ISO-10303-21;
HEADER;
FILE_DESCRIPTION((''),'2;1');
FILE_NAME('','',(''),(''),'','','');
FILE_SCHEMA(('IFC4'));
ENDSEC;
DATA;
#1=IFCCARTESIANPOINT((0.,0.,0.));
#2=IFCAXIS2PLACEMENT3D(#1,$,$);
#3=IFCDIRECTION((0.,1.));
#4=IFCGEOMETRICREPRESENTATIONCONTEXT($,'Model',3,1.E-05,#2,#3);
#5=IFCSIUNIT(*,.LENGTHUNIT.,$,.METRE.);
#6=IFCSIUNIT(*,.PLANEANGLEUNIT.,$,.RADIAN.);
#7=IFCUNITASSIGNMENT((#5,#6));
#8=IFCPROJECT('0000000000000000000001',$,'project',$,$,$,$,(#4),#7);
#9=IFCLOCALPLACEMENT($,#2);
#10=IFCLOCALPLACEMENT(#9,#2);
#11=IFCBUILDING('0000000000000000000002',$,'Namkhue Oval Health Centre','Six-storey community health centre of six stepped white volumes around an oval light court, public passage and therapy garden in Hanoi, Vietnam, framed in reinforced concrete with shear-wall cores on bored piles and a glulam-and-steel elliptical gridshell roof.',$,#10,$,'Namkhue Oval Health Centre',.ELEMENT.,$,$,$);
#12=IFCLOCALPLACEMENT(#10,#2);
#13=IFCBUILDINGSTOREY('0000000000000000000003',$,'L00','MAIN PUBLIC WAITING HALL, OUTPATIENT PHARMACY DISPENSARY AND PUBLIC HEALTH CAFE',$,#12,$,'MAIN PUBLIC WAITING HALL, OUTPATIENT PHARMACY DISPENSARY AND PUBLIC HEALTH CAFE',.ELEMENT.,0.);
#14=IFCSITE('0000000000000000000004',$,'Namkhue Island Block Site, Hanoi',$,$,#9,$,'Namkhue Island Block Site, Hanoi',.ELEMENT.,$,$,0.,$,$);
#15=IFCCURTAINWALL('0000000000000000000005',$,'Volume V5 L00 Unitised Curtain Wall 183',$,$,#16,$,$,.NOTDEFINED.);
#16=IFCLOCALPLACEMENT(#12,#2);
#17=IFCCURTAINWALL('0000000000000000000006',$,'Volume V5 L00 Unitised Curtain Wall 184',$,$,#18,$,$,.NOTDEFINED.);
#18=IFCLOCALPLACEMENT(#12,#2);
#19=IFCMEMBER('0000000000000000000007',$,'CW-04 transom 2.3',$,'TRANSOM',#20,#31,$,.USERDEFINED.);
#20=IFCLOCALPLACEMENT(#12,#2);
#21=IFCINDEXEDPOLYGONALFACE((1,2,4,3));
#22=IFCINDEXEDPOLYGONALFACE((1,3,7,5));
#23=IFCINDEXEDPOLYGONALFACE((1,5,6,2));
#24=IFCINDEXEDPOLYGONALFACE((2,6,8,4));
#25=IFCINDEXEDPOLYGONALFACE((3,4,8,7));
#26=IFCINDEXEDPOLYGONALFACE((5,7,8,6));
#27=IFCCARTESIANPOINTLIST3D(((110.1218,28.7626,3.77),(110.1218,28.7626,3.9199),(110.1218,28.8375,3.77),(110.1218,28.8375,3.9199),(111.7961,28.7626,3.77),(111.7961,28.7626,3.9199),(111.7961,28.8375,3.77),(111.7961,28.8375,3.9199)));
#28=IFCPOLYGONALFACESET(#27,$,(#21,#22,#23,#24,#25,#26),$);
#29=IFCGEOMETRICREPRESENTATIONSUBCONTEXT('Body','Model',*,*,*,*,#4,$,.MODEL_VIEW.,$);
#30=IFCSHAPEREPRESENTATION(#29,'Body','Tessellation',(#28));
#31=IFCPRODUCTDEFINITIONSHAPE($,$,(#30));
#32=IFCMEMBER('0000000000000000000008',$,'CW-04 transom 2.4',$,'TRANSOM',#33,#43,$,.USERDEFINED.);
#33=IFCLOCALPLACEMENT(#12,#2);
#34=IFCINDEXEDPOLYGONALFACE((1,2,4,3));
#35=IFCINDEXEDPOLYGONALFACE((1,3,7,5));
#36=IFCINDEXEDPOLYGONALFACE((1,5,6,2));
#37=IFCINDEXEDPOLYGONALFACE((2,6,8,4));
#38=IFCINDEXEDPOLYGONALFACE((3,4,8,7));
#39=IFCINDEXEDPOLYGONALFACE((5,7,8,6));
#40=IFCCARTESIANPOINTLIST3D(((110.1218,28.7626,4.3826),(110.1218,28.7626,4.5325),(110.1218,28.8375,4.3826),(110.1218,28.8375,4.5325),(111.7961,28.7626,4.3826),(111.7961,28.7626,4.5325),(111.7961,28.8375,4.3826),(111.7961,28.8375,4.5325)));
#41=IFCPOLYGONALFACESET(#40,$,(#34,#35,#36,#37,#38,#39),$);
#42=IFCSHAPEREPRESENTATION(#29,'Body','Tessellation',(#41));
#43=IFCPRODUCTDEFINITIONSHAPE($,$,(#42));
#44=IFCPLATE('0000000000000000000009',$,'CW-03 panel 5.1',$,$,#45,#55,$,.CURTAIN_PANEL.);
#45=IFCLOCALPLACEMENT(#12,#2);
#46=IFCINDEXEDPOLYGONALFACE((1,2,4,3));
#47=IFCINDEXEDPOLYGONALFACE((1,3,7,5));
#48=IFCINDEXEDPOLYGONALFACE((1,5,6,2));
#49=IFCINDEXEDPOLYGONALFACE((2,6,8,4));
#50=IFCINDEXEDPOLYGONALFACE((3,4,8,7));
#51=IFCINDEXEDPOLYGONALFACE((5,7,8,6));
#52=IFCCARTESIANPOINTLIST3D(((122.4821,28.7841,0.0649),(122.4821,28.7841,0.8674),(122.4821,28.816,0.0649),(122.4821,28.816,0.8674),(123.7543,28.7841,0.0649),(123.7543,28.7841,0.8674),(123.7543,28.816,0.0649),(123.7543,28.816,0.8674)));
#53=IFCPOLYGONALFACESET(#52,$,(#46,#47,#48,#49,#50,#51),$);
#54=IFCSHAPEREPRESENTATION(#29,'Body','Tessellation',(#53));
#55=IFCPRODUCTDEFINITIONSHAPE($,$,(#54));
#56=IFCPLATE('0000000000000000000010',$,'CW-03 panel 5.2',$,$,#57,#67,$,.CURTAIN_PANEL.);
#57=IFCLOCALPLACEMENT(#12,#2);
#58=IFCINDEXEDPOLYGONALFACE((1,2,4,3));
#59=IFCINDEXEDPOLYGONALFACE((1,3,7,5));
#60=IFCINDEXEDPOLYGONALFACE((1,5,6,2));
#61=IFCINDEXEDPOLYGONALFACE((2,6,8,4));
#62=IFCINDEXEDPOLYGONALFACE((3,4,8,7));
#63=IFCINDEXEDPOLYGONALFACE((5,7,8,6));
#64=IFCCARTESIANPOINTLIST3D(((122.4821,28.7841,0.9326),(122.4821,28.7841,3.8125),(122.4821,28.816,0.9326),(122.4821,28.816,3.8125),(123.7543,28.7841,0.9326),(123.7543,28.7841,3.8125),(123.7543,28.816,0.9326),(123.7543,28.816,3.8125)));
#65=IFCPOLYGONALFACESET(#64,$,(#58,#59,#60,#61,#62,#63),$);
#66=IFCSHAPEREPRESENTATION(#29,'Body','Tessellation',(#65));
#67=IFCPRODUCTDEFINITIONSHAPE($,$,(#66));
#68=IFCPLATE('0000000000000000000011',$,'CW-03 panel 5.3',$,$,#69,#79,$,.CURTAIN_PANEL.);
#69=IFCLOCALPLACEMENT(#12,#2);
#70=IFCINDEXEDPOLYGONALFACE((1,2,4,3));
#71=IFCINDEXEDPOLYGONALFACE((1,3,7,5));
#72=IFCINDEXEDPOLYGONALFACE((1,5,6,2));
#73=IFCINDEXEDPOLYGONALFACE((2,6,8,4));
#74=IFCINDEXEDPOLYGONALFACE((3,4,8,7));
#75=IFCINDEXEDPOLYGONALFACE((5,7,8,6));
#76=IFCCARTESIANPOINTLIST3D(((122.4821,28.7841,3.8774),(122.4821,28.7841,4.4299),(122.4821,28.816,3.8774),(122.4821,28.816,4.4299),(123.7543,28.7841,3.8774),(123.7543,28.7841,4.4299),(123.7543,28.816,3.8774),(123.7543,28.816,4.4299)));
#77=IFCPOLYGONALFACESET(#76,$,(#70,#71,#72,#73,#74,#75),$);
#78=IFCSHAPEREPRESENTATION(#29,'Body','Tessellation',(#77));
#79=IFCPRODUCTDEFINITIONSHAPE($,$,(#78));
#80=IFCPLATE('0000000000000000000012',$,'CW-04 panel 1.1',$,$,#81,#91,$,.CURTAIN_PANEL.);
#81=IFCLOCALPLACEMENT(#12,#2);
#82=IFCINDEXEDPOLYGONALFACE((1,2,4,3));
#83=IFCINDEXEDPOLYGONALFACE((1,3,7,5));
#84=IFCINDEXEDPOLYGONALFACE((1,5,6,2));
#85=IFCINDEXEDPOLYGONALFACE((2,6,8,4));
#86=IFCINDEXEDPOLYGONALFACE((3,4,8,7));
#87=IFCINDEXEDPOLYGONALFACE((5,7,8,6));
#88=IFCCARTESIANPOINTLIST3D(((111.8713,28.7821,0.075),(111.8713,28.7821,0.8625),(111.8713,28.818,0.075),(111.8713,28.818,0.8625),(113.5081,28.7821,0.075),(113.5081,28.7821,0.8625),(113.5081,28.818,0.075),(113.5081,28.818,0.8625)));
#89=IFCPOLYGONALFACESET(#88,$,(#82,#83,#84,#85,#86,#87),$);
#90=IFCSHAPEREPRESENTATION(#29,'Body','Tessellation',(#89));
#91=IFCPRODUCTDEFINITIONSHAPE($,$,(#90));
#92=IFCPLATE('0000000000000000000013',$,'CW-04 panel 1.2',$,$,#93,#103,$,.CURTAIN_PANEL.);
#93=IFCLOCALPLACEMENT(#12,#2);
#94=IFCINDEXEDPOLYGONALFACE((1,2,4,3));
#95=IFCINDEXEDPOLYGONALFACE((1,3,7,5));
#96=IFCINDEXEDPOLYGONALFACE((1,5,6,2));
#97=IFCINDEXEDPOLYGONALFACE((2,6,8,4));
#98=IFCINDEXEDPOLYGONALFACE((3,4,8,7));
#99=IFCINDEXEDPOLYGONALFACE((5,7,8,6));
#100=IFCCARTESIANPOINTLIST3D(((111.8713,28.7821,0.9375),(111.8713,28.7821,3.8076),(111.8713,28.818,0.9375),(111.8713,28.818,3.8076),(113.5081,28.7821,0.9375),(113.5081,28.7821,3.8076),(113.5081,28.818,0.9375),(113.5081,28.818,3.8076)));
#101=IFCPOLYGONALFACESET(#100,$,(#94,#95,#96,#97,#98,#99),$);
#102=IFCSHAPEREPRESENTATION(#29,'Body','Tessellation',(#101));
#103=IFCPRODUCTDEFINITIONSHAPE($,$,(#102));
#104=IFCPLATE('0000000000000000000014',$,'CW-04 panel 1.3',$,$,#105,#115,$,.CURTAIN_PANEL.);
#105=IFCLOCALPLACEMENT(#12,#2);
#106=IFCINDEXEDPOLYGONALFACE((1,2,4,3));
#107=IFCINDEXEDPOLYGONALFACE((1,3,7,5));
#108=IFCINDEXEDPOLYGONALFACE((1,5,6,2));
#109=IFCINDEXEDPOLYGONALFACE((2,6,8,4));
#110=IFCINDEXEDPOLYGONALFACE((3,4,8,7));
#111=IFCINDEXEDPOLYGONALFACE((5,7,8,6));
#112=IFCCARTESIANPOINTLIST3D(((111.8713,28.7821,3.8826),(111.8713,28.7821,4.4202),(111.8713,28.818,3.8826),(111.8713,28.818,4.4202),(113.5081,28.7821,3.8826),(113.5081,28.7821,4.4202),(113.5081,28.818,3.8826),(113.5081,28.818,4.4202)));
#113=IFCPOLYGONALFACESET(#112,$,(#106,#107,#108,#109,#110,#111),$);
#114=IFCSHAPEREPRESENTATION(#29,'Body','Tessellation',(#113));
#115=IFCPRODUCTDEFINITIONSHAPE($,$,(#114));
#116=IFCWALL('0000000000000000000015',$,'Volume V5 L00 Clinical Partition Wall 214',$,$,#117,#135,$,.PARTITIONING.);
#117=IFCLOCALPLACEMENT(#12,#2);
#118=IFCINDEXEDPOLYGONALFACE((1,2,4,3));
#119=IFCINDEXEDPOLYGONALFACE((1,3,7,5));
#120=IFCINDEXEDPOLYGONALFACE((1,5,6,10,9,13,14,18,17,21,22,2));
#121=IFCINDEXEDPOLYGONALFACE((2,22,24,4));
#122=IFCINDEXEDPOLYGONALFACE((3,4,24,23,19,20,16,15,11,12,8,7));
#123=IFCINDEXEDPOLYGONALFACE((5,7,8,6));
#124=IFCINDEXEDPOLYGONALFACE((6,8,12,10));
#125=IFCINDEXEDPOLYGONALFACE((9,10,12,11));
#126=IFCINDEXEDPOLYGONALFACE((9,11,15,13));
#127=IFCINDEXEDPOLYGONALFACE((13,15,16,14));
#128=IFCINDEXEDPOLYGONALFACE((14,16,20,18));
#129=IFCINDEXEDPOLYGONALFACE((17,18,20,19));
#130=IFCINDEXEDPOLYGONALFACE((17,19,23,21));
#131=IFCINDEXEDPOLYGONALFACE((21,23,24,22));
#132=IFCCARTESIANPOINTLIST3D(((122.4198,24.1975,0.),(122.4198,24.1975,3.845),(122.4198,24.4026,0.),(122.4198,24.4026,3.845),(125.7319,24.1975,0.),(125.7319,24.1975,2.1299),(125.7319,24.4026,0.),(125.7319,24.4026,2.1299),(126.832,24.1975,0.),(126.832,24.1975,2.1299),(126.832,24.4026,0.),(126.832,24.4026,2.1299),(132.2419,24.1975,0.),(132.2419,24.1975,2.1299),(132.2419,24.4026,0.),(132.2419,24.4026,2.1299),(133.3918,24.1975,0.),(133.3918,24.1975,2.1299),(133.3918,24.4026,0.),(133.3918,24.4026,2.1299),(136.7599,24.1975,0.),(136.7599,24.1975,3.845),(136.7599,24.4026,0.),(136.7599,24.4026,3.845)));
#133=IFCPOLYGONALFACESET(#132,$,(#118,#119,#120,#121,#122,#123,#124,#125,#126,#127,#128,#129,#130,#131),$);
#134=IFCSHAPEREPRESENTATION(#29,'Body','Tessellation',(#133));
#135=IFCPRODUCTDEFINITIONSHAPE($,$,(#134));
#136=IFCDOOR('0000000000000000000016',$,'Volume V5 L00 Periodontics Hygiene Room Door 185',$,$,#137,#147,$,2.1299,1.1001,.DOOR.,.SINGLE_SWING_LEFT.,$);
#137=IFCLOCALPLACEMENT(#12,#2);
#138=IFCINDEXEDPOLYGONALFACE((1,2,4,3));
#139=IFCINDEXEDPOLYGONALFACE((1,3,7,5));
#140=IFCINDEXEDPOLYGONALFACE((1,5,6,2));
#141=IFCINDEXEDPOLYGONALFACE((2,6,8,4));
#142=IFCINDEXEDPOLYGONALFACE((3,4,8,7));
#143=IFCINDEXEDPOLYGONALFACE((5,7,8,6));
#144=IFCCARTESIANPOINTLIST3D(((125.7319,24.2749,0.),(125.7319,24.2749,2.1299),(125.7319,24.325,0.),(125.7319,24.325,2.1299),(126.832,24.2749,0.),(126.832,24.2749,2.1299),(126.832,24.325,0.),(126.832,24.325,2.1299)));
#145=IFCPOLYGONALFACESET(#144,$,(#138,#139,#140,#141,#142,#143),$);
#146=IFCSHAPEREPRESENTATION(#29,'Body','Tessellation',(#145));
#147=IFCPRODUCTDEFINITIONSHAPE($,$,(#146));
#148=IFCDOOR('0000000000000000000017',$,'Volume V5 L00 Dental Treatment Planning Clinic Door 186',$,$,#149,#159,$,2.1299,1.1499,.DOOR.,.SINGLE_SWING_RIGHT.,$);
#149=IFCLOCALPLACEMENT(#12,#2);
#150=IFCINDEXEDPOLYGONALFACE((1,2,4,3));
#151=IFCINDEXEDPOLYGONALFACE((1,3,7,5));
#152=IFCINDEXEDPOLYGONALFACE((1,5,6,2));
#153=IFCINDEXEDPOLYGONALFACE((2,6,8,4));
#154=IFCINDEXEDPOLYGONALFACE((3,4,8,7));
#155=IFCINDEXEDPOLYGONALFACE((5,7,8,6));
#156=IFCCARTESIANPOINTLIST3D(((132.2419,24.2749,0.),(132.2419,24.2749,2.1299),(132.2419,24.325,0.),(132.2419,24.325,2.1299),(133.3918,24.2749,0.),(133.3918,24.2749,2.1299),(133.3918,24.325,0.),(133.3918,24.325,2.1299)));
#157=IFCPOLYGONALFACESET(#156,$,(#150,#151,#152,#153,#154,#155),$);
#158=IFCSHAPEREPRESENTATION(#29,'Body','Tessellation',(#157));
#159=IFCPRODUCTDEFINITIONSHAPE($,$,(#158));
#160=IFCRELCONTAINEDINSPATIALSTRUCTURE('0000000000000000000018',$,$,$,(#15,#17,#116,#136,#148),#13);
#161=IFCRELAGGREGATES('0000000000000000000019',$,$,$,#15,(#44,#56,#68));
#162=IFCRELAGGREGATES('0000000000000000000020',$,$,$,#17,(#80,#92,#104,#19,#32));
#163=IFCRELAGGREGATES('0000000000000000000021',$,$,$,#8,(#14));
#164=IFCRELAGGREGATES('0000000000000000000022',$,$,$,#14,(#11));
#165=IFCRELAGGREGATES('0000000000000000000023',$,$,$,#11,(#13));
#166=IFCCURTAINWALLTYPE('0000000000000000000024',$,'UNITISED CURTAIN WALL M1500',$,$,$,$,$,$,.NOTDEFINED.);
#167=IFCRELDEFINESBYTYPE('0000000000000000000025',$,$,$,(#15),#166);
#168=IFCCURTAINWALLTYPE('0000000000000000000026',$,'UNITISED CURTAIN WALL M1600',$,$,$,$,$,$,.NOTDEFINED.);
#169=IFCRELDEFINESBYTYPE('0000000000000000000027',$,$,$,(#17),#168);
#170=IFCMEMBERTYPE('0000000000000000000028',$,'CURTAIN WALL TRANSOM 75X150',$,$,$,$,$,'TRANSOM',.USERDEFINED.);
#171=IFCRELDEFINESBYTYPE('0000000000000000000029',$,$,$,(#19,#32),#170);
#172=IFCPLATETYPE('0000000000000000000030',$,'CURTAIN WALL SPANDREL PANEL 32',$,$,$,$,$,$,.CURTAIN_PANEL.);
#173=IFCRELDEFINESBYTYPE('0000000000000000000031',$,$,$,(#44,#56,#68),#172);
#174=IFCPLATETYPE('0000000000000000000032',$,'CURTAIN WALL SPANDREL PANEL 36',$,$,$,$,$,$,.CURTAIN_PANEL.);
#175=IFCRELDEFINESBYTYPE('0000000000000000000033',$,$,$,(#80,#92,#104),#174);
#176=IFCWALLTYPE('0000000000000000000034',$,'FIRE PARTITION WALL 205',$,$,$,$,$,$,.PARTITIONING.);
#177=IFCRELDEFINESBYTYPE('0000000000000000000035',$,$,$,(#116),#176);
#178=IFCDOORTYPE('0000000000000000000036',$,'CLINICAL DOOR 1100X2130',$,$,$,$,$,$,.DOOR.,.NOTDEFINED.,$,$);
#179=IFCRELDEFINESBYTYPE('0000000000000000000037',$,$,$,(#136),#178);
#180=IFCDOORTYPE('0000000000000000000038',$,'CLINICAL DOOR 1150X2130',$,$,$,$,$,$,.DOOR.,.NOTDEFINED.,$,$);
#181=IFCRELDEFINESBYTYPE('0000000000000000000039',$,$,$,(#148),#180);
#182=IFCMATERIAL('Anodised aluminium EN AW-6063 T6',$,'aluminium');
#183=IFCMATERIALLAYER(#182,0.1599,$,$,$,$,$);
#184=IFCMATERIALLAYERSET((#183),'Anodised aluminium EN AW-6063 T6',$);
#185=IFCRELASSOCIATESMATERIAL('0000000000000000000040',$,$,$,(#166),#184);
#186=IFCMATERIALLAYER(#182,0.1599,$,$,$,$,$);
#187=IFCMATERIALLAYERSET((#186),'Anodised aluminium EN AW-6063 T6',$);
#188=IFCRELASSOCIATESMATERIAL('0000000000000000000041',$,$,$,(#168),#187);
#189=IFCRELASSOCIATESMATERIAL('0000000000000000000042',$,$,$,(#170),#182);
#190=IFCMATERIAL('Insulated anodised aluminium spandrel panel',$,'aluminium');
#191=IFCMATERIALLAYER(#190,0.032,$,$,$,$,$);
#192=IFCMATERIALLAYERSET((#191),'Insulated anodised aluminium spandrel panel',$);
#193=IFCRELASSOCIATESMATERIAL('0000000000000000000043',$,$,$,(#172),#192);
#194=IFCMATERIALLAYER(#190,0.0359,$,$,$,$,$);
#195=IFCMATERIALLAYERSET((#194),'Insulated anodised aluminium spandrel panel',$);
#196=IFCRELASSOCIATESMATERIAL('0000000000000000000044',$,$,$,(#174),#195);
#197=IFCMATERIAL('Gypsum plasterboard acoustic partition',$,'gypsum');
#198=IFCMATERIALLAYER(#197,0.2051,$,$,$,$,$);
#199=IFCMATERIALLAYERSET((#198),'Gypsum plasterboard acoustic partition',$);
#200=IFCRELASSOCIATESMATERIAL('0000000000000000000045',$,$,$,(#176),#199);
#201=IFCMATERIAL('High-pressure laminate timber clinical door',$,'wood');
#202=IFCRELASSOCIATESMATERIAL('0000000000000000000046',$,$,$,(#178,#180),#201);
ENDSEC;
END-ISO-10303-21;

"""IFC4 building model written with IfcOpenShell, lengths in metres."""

from ifc_helpers import new_model, si_unit, direction, frame, frame_2d, origin, origin_2d, place, context, subcontext, project, spatial, rectangle, extrude, material, layer, layer_set, material_profile, profile_set, type_object, element, fill, aggregate, save


model = new_model("IFC4")

# Units and contexts
model_context = context("Model", 3, precision=1e-05, world=origin(), true_north=direction((0.0, 1.0)))
body_context = subcontext(model_context, "Body", "Model", "MODEL_VIEW")
ifc_project = project(units=[si_unit("LENGTHUNIT", "METRE"), si_unit("PLANEANGLEUNIT", "RADIAN")], contexts=[model_context])

# Site, building, storey
site_placement = place(None, origin())
site = spatial("IfcSite", under=ifc_project, at=site_placement, Name="Namkhue Island Block Site, Hanoi", LongName="Namkhue Island Block Site, Hanoi", CompositionType="ELEMENT", RefElevation=0.0)
building_placement = place(site_placement, origin())
building = spatial("IfcBuilding", under=site, at=building_placement, Name="Namkhue Oval Health Centre", Description="Six-storey community health centre of six stepped white volumes around an oval light court, public passage and therapy garden in Hanoi, Vietnam, framed in reinforced concrete with shear-wall cores on bored piles and a glulam-and-steel elliptical gridshell roof.", LongName="Namkhue Oval Health Centre", CompositionType="ELEMENT")
storey_placement = place(building_placement, origin())
storey = spatial("IfcBuildingStorey", under=building, at=storey_placement, Name="L00", Description="MAIN PUBLIC WAITING HALL, OUTPATIENT PHARMACY DISPENSARY AND PUBLIC HEALTH CAFE", LongName="MAIN PUBLIC WAITING HALL, OUTPATIENT PHARMACY DISPENSARY AND PUBLIC HEALTH CAFE", CompositionType="ELEMENT", Elevation=0.0)

# Curtain wall
ifc_material_1 = material(Name="Anodised aluminium EN AW-6063 T6", Category="aluminium")
ifc_layer_1 = layer(ifc_material_1, 0.1599)
ifc_layer_set_1 = layer_set([ifc_layer_1], Name="Anodised aluminium EN AW-6063 T6")
curtain_wall_type_1 = type_object("IfcCurtainWallType", Name="UNITISED CURTAIN WALL M1500", PredefinedType="NOTDEFINED", material=ifc_layer_set_1)
curtain_wall_1_placement = place(storey_placement, origin())
curtain_wall_1 = element("IfcCurtainWall", 1, at=curtain_wall_1_placement, inside=storey, type_object=curtain_wall_type_1, Name="Volume V5 L00 Unitised Curtain Wall 183", PredefinedType="NOTDEFINED")

# Curtain wall, members
ifc_layer_2 = layer(ifc_material_1, 0.1599)
ifc_layer_set_2 = layer_set([ifc_layer_2], Name="Anodised aluminium EN AW-6063 T6")
curtain_wall_type_2 = type_object("IfcCurtainWallType", Name="UNITISED CURTAIN WALL M1600", PredefinedType="NOTDEFINED", material=ifc_layer_set_2)
curtain_wall_2_placement = place(storey_placement, origin())
curtain_wall_2 = element("IfcCurtainWall", 2, at=curtain_wall_2_placement, inside=storey, type_object=curtain_wall_type_2, Name="Volume V5 L00 Unitised Curtain Wall 184", PredefinedType="NOTDEFINED")
ifc_material_profile_1 = material_profile(ifc_material_1, rectangle(XDim=0.075, YDim=0.1499, at=origin_2d()), Name="ALU 75x150")
ifc_profile_set_1 = profile_set([ifc_material_profile_1], Name="Anodised aluminium EN AW-6063 T6")
member_type_1 = type_object("IfcMemberType", Name="CURTAIN WALL TRANSOM 75X150", ElementType="TRANSOM", PredefinedType="USERDEFINED", material=ifc_profile_set_1)
member_1_placement = place(storey_placement, frame((111.7961, 28.8, 3.845), z_axis=(-1.0, 0.0, 0.0), x_axis=(0.0, -1.0, 0.0)))
member_1 = element("IfcMember", 3, at=member_1_placement, type_object=member_type_1, Name="CW-04 transom 2.3", ObjectType="TRANSOM", PredefinedType="USERDEFINED", context=body_context, shape_type="SweptSolid", body=[
    extrude(rectangle(XDim=0.075, YDim=0.1499, at=origin_2d()), origin(), (0.0, 0.0, 1.0), 1.6743),
])
member_2_placement = place(storey_placement, frame((111.7961, 28.8, 4.4575), z_axis=(-1.0, 0.0, 0.0), x_axis=(0.0, -1.0, 0.0)))
member_2 = element("IfcMember", 4, at=member_2_placement, type_object=member_type_1, Name="CW-04 transom 2.4", ObjectType="TRANSOM", PredefinedType="USERDEFINED", context=body_context, shape_type="SweptSolid", body=[
    extrude(rectangle(XDim=0.075, YDim=0.1499, at=origin_2d()), origin(), (0.0, 0.0, 1.0), 1.6743),
])

# Plates
ifc_material_2 = material(Name="Insulated anodised aluminium spandrel panel", Category="aluminium")
ifc_layer_3 = layer(ifc_material_2, 0.032)
ifc_layer_set_3 = layer_set([ifc_layer_3], Name="Insulated anodised aluminium spandrel panel")
plate_type_1 = type_object("IfcPlateType", Name="CURTAIN WALL SPANDREL PANEL 32", PredefinedType="CURTAIN_PANEL", material=ifc_layer_set_3)
plate_1_placement = place(storey_placement, frame((123.1182, 28.8, 0.0649), z_axis=(0.0, 0.0, 1.0), x_axis=(-1.0, 0.0, 0.0)))
plate_1 = element("IfcPlate", 5, at=plate_1_placement, type_object=plate_type_1, Name="CW-03 panel 5.1", PredefinedType="CURTAIN_PANEL", context=body_context, shape_type="SweptSolid", body=[
    extrude(rectangle(XDim=1.2722, YDim=0.032, at=origin_2d()), origin(), (0.0, 0.0, 1.0), 0.8025),
])
plate_2_placement = place(storey_placement, frame((123.1182, 28.8, 0.9326), z_axis=(0.0, 0.0, 1.0), x_axis=(-1.0, 0.0, 0.0)))
plate_2 = element("IfcPlate", 6, at=plate_2_placement, type_object=plate_type_1, Name="CW-03 panel 5.2", PredefinedType="CURTAIN_PANEL", context=body_context, shape_type="SweptSolid", body=[
    extrude(rectangle(XDim=1.2722, YDim=0.032, at=origin_2d()), origin(), (0.0, 0.0, 1.0), 2.8799),
])
plate_3_placement = place(storey_placement, frame((123.1182, 28.8, 3.8774), z_axis=(0.0, 0.0, 1.0), x_axis=(-1.0, 0.0, 0.0)))
plate_3 = element("IfcPlate", 7, at=plate_3_placement, type_object=plate_type_1, Name="CW-03 panel 5.3", PredefinedType="CURTAIN_PANEL", context=body_context, shape_type="SweptSolid", body=[
    extrude(rectangle(XDim=1.2722, YDim=0.032, at=origin_2d()), origin(), (0.0, 0.0, 1.0), 0.5525),
])
aggregate(curtain_wall_1, [plate_1, plate_2, plate_3])
ifc_layer_4 = layer(ifc_material_2, 0.0359)
ifc_layer_set_4 = layer_set([ifc_layer_4], Name="Insulated anodised aluminium spandrel panel")
plate_type_2 = type_object("IfcPlateType", Name="CURTAIN WALL SPANDREL PANEL 36", PredefinedType="CURTAIN_PANEL", material=ifc_layer_set_4)
plate_4_placement = place(storey_placement, frame((112.6897, 28.8, 0.075), z_axis=(0.0, 0.0, 1.0), x_axis=(-1.0, 0.0, 0.0)))
plate_4 = element("IfcPlate", 8, at=plate_4_placement, type_object=plate_type_2, Name="CW-04 panel 1.1", PredefinedType="CURTAIN_PANEL", context=body_context, shape_type="SweptSolid", body=[
    extrude(rectangle(XDim=1.6367, YDim=0.0359, at=origin_2d()), origin(), (0.0, 0.0, 1.0), 0.7876),
])
plate_5_placement = place(storey_placement, frame((112.6897, 28.8, 0.9375), z_axis=(0.0, 0.0, 1.0), x_axis=(-1.0, 0.0, 0.0)))
plate_5 = element("IfcPlate", 9, at=plate_5_placement, type_object=plate_type_2, Name="CW-04 panel 1.2", PredefinedType="CURTAIN_PANEL", context=body_context, shape_type="SweptSolid", body=[
    extrude(rectangle(XDim=1.6367, YDim=0.0359, at=origin_2d()), origin(), (0.0, 0.0, 1.0), 2.8701),
])
plate_6_placement = place(storey_placement, frame((112.6897, 28.8, 3.8826), z_axis=(0.0, 0.0, 1.0), x_axis=(-1.0, 0.0, 0.0)))
plate_6 = element("IfcPlate", 10, at=plate_6_placement, type_object=plate_type_2, Name="CW-04 panel 1.3", PredefinedType="CURTAIN_PANEL", context=body_context, shape_type="SweptSolid", body=[
    extrude(rectangle(XDim=1.6367, YDim=0.0359, at=origin_2d()), origin(), (0.0, 0.0, 1.0), 0.5376),
])
aggregate(curtain_wall_2, [plate_4, plate_5, plate_6, member_1, member_2])

# Wall, openings, doors
ifc_material_3 = material(Name="Gypsum plasterboard acoustic partition", Category="gypsum")
ifc_layer_5 = layer(ifc_material_3, 0.2051)
ifc_layer_set_5 = layer_set([ifc_layer_5], Name="Gypsum plasterboard acoustic partition")
wall_type_1 = type_object("IfcWallType", Name="FIRE PARTITION WALL 205", PredefinedType="PARTITIONING", material=ifc_layer_set_5)
wall_1_placement = place(storey_placement, frame((122.4199, 24.3, 0.0), z_axis=(0.0, 0.0, 1.0), x_axis=(1.0, 0.0, 0.0)))
wall_1 = element("IfcWall", 11, at=wall_1_placement, inside=storey, type_object=wall_type_1, Name="Volume V5 L00 Clinical Partition Wall 214", PredefinedType="PARTITIONING", context=body_context, shape_type="SweptSolid", body=[
    extrude(rectangle(XDim=14.3401, YDim=0.2051, at=frame_2d((7.1699, 0.0))), origin(), (0.0, 0.0, 1.0), 3.845),
])
opening_1_placement = place(wall_1_placement, frame((3.312, 0.0, 0.0)))
opening_1 = element("IfcOpeningElement", 12, at=opening_1_placement, cuts=wall_1, PredefinedType="OPENING", context=body_context, shape_type="SweptSolid", body=[
    extrude(rectangle(XDim=1.1001, YDim=2.1299, at=frame_2d((0.55, 1.0649))), frame((0.0, 0.1125, 0.0), z_axis=(0.0, -1.0, 0.0), x_axis=(1.0, 0.0, 0.0)), (0.0, 0.0, 1.0), 0.2251),
])
opening_2_placement = place(wall_1_placement, frame((9.822, 0.0, 0.0)))
opening_2 = element("IfcOpeningElement", 13, at=opening_2_placement, cuts=wall_1, PredefinedType="OPENING", context=body_context, shape_type="SweptSolid", body=[
    extrude(rectangle(XDim=1.1499, YDim=2.1299, at=frame_2d((0.575, 1.0649))), frame((0.0, 0.1125, 0.0), z_axis=(0.0, -1.0, 0.0), x_axis=(1.0, 0.0, 0.0)), (0.0, 0.0, 1.0), 0.2251),
])
ifc_material_4 = material(Name="High-pressure laminate timber clinical door", Category="wood")
door_type_1 = type_object("IfcDoorType", Name="CLINICAL DOOR 1100X2130", OperationType="NOTDEFINED", PredefinedType="DOOR", material=ifc_material_4)
door_1_placement = place(opening_1_placement, origin())
door_1 = element("IfcDoor", 14, at=door_1_placement, inside=storey, type_object=door_type_1, Name="Volume V5 L00 Periodontics Hygiene Room Door 185", OperationType="SINGLE_SWING_LEFT", OverallHeight=2.1299, OverallWidth=1.1001, PredefinedType="DOOR", context=body_context, shape_type="SweptSolid", body=[
    extrude(rectangle(XDim=1.1001, YDim=2.1299, at=frame_2d((0.55, 1.0649))), frame((0.0, 0.0249, 0.0), z_axis=(0.0, -1.0, 0.0), x_axis=(1.0, 0.0, 0.0)), (0.0, 0.0, 1.0), 0.05),
])
fill(opening_1, door_1)
door_type_2 = type_object("IfcDoorType", Name="CLINICAL DOOR 1150X2130", OperationType="NOTDEFINED", PredefinedType="DOOR", material=ifc_material_4)
door_2_placement = place(opening_2_placement, origin())
door_2 = element("IfcDoor", 15, at=door_2_placement, inside=storey, type_object=door_type_2, Name="Volume V5 L00 Dental Treatment Planning Clinic Door 186", OperationType="SINGLE_SWING_RIGHT", OverallHeight=2.1299, OverallWidth=1.1499, PredefinedType="DOOR", context=body_context, shape_type="SweptSolid", body=[
    extrude(rectangle(XDim=1.1499, YDim=2.1299, at=frame_2d((0.575, 1.0649))), frame((0.0, 0.0249, 0.0), z_axis=(0.0, -1.0, 0.0), x_axis=(1.0, 0.0, 0.0)), (0.0, 0.0, 1.0), 0.05),
])
fill(opening_2, door_2)

save(model, "model.ifc")
